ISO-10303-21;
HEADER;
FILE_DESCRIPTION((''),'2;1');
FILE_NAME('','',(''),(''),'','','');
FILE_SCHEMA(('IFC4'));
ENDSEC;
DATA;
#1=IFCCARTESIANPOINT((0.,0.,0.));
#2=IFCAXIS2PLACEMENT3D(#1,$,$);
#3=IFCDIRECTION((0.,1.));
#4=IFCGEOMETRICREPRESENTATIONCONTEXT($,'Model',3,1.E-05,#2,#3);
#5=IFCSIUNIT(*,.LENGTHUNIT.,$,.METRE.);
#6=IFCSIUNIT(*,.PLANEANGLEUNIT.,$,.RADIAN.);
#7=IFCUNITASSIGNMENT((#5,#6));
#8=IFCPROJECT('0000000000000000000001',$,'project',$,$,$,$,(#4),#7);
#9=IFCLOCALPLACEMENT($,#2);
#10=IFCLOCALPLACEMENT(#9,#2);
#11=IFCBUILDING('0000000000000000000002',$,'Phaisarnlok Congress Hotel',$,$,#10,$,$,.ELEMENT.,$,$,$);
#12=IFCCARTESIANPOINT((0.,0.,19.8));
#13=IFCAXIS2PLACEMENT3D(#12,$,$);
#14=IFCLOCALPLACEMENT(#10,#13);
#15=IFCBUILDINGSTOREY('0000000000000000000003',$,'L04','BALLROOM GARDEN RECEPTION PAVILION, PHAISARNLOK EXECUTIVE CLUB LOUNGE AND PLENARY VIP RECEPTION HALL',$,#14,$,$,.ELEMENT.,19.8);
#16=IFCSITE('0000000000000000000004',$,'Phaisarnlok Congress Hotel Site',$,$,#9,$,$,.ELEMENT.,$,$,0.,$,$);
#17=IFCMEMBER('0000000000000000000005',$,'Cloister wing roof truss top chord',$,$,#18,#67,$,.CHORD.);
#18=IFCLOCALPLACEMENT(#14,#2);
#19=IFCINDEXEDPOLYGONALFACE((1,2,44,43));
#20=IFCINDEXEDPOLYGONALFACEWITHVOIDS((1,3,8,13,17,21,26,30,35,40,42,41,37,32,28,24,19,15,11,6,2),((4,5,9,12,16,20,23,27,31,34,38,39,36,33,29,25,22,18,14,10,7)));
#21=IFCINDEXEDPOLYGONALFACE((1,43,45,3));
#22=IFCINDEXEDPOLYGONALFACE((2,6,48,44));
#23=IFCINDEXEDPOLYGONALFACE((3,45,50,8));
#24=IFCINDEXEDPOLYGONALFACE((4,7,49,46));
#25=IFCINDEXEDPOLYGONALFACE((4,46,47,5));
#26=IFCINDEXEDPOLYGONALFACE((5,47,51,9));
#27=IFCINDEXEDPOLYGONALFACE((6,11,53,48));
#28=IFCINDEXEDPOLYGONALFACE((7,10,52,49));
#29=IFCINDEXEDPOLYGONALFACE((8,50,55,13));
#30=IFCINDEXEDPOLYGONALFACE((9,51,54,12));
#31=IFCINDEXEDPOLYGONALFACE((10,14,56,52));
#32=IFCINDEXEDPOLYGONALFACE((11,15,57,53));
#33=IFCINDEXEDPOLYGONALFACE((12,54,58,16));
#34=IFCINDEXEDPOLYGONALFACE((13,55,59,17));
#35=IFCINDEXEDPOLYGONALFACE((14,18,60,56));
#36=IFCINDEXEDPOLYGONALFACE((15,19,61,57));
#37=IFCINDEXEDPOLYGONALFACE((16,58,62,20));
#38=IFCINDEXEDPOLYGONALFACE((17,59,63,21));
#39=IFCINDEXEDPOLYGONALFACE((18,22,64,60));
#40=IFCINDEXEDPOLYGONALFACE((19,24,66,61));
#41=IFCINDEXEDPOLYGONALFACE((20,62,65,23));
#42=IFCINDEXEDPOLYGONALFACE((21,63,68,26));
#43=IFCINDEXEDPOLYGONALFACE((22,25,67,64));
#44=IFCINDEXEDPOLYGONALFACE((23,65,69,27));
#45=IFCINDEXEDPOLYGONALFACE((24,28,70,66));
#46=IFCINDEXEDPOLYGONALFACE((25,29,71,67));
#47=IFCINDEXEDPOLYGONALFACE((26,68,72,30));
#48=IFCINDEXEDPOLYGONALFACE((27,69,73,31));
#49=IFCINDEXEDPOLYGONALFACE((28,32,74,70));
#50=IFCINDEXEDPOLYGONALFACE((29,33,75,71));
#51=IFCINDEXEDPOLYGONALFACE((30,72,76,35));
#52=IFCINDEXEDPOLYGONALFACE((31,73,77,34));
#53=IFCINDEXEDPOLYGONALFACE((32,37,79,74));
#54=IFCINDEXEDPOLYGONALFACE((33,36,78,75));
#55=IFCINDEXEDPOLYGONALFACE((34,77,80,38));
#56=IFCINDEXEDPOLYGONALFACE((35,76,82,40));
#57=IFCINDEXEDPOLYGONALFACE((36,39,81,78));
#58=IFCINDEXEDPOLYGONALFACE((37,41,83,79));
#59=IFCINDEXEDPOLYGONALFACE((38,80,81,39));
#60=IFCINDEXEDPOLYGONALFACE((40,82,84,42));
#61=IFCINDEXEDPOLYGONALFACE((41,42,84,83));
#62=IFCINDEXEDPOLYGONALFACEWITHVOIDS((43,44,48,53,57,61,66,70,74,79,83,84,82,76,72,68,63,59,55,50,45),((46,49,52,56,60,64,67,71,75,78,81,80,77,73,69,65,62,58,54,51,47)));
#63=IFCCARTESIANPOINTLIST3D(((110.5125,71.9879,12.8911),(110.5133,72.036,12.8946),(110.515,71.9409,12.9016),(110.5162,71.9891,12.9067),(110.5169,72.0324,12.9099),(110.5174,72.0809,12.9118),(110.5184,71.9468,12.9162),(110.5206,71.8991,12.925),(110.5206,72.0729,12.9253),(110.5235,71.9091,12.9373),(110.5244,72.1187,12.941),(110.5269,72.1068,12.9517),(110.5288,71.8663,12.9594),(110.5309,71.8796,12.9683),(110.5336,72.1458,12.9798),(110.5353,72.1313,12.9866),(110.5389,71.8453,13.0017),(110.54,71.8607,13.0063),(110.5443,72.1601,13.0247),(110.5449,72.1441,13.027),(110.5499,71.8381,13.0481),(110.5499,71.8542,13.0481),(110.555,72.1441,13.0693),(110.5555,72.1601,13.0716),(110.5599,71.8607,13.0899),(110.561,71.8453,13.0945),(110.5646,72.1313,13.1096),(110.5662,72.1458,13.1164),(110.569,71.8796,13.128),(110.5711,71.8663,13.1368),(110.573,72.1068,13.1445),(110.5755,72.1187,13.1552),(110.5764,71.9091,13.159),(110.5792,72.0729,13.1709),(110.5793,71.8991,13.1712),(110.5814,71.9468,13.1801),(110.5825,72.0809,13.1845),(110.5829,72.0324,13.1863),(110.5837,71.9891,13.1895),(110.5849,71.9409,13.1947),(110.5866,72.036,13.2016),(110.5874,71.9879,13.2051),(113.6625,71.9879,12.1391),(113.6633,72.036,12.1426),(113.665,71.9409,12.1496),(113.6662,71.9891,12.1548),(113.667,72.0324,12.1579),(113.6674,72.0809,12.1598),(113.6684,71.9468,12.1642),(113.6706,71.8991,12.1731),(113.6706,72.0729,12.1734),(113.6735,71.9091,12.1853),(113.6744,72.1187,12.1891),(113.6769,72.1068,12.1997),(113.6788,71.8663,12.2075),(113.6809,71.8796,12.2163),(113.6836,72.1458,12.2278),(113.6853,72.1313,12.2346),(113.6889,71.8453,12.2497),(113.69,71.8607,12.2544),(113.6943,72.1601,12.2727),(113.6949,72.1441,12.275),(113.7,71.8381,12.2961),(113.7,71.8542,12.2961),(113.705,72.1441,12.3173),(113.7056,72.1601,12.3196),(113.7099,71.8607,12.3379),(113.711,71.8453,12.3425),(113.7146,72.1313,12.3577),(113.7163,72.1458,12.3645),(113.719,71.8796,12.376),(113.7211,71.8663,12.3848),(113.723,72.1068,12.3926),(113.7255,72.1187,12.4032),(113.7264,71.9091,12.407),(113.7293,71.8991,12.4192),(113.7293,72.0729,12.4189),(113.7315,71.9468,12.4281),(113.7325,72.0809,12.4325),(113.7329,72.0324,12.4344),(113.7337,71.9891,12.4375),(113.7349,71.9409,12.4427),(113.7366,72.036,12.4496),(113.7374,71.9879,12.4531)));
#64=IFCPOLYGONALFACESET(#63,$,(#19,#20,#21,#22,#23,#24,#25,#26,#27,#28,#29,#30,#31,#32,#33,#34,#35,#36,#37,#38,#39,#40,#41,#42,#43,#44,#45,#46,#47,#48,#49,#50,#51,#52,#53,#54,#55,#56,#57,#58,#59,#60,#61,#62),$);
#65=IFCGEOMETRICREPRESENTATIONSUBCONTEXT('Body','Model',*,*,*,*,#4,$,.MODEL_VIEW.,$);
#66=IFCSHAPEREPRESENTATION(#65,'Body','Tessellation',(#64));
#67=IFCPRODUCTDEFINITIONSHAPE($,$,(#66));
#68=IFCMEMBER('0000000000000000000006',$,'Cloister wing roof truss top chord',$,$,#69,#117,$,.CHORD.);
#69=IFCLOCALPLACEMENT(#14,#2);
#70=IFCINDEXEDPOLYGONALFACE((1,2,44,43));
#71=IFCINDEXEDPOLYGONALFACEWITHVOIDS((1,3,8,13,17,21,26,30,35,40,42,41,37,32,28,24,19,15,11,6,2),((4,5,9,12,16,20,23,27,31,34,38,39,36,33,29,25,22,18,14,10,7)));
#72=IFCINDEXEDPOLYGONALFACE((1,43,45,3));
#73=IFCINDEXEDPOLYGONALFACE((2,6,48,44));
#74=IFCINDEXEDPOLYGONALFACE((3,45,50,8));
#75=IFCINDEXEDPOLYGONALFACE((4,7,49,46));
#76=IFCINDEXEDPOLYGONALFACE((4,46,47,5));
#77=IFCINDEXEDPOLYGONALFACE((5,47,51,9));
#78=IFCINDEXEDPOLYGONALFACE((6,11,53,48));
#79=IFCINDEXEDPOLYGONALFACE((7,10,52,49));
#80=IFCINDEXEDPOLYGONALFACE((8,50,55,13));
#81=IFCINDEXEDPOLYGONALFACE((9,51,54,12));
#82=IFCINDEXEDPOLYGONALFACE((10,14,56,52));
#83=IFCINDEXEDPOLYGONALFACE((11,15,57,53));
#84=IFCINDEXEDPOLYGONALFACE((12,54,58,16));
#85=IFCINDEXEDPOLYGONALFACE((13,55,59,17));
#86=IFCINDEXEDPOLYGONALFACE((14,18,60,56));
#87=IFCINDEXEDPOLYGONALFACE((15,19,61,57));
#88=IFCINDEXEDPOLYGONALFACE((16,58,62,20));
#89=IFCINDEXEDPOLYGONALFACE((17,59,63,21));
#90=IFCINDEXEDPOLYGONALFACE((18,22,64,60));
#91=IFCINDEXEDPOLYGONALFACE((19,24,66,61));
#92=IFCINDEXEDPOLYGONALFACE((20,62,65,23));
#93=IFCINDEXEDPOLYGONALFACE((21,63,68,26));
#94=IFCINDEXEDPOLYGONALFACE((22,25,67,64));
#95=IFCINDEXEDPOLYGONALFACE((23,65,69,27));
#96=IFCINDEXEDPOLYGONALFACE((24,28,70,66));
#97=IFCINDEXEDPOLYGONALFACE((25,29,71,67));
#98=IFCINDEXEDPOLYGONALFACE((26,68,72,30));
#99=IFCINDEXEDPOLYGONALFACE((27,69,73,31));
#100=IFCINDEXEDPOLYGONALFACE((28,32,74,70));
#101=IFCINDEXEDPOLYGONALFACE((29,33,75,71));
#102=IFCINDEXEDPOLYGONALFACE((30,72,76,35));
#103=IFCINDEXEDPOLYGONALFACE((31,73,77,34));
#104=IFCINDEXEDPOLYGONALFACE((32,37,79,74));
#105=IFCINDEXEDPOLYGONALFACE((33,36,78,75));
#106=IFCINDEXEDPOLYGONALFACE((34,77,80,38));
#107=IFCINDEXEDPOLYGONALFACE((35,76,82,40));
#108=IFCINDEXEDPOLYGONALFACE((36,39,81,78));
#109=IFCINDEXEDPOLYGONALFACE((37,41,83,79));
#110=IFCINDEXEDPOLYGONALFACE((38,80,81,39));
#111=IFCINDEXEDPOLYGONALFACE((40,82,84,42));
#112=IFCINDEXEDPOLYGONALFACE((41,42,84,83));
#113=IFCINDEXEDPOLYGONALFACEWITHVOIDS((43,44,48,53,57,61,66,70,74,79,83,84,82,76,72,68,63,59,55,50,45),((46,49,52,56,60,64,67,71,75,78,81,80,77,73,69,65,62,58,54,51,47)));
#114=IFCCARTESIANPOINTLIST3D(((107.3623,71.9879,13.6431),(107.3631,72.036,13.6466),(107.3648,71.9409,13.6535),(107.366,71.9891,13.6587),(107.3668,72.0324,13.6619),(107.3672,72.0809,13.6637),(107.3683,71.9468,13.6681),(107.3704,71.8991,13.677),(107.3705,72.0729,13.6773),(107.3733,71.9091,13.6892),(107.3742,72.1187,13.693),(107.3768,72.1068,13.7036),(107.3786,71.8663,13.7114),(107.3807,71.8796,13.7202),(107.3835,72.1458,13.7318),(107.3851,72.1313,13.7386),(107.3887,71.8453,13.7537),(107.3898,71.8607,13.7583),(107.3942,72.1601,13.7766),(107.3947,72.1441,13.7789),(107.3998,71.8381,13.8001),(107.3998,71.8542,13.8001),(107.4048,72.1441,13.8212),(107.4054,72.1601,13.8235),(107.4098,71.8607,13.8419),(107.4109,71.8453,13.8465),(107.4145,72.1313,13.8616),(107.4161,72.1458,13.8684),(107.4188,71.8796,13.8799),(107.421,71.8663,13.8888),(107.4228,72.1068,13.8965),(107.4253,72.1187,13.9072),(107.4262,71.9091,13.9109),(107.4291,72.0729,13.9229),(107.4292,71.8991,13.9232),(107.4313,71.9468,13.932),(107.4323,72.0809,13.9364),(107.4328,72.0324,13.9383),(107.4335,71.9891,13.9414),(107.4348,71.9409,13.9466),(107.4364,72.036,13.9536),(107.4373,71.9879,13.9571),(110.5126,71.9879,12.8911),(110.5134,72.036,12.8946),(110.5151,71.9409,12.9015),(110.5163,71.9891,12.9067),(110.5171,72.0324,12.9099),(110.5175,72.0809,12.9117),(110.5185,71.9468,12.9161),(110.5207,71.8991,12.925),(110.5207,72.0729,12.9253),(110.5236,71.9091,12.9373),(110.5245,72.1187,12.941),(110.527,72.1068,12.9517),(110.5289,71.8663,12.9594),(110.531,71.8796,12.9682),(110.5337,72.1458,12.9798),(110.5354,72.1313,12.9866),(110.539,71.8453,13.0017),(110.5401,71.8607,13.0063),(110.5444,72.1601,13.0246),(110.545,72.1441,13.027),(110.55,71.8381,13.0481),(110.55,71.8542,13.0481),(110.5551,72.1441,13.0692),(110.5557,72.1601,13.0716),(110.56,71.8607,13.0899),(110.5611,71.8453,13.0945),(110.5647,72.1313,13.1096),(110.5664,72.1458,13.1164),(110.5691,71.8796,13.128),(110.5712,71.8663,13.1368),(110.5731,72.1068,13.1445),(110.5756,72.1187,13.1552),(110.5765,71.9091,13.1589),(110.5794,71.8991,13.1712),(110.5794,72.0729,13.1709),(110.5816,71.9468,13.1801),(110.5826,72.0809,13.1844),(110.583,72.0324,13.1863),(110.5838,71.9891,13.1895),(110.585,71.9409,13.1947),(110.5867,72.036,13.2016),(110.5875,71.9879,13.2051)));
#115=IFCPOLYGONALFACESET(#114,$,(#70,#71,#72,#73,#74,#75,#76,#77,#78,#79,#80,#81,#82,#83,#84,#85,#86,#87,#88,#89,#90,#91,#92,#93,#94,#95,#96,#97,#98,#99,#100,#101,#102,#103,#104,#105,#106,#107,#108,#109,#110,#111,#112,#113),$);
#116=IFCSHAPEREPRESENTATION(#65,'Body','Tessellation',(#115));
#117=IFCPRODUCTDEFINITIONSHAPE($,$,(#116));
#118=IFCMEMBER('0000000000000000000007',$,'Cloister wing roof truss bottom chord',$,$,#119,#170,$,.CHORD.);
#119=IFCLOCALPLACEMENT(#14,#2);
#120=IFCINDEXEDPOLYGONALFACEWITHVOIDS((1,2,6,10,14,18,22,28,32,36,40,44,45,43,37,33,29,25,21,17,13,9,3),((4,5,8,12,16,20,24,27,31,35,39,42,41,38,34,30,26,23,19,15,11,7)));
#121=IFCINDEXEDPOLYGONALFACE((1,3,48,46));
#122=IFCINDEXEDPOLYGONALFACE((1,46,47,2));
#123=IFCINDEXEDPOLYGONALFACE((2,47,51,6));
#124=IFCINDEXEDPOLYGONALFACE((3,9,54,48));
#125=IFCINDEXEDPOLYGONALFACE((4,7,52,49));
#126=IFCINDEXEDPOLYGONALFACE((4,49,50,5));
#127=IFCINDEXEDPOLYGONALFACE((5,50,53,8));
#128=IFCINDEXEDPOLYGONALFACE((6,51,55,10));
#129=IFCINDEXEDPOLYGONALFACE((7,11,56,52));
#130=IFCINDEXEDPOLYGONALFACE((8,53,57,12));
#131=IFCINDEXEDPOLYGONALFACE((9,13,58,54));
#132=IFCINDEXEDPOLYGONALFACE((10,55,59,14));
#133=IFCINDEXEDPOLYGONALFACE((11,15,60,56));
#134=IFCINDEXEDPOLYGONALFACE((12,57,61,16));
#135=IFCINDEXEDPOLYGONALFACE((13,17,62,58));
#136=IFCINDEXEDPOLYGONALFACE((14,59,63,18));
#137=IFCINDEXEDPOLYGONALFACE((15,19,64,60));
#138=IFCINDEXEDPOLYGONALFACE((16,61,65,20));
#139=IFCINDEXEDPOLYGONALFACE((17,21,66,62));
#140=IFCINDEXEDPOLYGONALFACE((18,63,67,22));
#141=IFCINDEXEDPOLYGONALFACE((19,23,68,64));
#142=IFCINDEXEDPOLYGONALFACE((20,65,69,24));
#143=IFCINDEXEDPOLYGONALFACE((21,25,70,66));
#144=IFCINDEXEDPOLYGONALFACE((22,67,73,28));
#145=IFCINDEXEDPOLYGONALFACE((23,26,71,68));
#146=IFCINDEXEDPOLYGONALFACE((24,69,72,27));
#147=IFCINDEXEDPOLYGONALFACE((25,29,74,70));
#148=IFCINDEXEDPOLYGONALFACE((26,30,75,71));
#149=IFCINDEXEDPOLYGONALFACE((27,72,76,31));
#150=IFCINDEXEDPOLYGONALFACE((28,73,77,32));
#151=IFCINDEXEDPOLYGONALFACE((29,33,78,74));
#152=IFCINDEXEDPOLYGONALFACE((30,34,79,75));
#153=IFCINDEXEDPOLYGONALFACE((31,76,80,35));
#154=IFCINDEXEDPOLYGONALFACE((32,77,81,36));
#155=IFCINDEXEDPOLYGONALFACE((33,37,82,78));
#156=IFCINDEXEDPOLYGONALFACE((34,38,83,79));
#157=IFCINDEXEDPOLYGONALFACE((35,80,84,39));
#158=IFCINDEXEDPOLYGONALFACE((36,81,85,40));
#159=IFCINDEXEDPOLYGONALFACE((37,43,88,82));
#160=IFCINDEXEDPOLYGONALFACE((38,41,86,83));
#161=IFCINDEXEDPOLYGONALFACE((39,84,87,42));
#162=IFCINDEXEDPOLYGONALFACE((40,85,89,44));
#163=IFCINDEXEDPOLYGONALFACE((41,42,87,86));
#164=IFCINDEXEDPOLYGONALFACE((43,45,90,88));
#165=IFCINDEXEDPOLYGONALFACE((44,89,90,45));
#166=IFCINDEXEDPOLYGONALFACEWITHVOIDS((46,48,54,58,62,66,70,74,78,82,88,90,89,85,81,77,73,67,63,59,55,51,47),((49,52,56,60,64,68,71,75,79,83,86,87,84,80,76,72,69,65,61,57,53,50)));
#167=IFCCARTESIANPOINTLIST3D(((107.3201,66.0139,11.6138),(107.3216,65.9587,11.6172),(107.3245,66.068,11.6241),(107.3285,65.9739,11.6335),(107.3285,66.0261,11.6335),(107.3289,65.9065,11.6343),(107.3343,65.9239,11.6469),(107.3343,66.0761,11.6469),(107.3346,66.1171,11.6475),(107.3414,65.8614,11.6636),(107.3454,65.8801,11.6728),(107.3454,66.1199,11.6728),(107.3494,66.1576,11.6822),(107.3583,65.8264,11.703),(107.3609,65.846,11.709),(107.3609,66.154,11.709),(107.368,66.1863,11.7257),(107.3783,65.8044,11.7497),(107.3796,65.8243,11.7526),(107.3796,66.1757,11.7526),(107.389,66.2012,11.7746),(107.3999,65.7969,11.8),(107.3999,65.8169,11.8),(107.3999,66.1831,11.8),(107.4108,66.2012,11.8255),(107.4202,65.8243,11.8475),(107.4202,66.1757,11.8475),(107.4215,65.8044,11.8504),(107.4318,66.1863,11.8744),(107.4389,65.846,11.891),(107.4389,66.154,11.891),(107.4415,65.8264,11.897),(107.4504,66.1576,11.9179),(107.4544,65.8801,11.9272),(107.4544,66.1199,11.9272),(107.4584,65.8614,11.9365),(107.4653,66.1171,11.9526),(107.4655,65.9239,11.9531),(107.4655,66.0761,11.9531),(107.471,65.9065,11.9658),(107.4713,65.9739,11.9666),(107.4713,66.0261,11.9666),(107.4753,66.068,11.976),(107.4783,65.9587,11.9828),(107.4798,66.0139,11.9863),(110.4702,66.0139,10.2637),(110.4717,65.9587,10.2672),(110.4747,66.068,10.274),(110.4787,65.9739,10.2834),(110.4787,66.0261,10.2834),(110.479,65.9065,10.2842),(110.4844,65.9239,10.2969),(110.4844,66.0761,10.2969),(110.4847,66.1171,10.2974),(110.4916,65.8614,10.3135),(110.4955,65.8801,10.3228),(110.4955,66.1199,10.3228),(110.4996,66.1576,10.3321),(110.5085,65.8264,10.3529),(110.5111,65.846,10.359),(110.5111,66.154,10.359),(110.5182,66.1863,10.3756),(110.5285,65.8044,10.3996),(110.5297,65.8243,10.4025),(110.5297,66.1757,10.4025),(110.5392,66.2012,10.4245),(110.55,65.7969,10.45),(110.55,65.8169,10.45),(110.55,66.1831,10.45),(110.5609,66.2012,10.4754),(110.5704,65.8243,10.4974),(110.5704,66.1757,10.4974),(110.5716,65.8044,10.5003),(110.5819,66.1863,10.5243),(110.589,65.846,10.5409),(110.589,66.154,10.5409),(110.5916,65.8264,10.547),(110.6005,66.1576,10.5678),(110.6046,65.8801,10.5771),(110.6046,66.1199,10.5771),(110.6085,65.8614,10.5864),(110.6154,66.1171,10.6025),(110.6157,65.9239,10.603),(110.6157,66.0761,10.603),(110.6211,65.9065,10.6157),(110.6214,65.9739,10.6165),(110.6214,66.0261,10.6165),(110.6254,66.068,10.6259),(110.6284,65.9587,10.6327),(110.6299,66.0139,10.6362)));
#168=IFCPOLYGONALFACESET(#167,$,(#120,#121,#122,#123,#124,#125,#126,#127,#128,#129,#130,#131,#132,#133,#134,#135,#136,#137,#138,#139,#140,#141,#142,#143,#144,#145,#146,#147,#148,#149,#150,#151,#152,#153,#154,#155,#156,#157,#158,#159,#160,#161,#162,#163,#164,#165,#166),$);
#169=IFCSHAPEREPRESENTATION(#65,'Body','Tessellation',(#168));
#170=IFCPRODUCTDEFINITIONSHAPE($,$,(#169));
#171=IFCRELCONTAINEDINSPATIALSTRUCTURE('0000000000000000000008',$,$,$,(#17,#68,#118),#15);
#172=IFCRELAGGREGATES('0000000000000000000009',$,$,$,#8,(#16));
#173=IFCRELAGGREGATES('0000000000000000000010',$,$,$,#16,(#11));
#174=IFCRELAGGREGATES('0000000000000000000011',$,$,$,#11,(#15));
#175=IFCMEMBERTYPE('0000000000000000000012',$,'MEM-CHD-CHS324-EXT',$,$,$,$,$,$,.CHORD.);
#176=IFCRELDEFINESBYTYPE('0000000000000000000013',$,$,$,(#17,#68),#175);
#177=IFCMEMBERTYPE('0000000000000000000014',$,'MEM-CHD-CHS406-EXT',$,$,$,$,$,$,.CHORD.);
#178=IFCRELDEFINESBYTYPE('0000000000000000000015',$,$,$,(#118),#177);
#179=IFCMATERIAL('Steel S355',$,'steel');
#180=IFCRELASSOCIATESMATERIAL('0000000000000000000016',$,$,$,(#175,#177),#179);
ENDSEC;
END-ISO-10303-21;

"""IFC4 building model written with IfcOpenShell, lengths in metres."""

from ifc_helpers import new_model, si_unit, direction, frame, origin, origin_2d, place, context, subcontext, project, spatial, hollow_circle, extrude, material, material_profile, profile_set, type_object, element, save


model = new_model("IFC4")

# Units and contexts
model_context = context("Model", 3, precision=1e-05, world=origin(), true_north=direction((0.0, 1.0)))
body_context = subcontext(model_context, "Body", "Model", "MODEL_VIEW")
ifc_project = project(units=[si_unit("LENGTHUNIT", "METRE"), si_unit("PLANEANGLEUNIT", "RADIAN")], contexts=[model_context])

# Site, building, storey
site_placement = place(None, origin())
site = spatial("IfcSite", under=ifc_project, at=site_placement, Name="Phaisarnlok Congress Hotel Site", CompositionType="ELEMENT", RefElevation=0.0)
building_placement = place(site_placement, origin())
building = spatial("IfcBuilding", under=site, at=building_placement, Name="Phaisarnlok Congress Hotel", CompositionType="ELEMENT")
storey_placement = place(building_placement, frame((0.0, 0.0, 19.8)))
storey = spatial("IfcBuildingStorey", under=building, at=storey_placement, Name="L04", Description="BALLROOM GARDEN RECEPTION PAVILION, PHAISARNLOK EXECUTIVE CLUB LOUNGE AND PLENARY VIP RECEPTION HALL", CompositionType="ELEMENT", Elevation=19.8)

# Shared definitions
ifc_material_1 = material(Name="Steel S355", Category="steel")

# Members
ifc_material_profile_1 = material_profile(ifc_material_1, hollow_circle(Radius=0.1619, WallThickness=0.0161, at=origin_2d()), Name="CHS 323.9x16")
ifc_profile_set_1 = profile_set([ifc_material_profile_1], Name="Steel S355")
member_type_1 = type_object("IfcMemberType", Name="MEM-CHD-CHS324-EXT", PredefinedType="CHORD", material=ifc_profile_set_1)
for number, where, z_axis, x_axis, name in (
    (1, (113.7, 72.0, 12.2961), (-0.972669, 0.0, 0.232198), (0.0, -1.0, 0.0), "Cloister wing roof truss top chord"),
):
    element("IfcMember", number, at=place(storey_placement, frame(where, z_axis=z_axis, x_axis=x_axis)), inside=storey, type_object=member_type_1, Name=name, PredefinedType="CHORD", context=body_context, shape_type="SweptSolid", body=[
        extrude(hollow_circle(Radius=0.1619, WallThickness=0.0161, at=origin_2d()), origin(), (0.0, 0.0, 1.0), 3.2385),
    ])
member_1_placement = place(storey_placement, frame((110.55, 72.0, 13.0481), z_axis=(-0.972673, 0.0, 0.232181), x_axis=(0.0, -1.0, 0.0)))
element("IfcMember", 2, at=member_1_placement, inside=storey, type_object=member_type_1, Name="Cloister wing roof truss top chord", PredefinedType="CHORD", context=body_context, shape_type="SweptSolid", body=[
    extrude(hollow_circle(Radius=0.1619, WallThickness=0.0161, at=origin_2d()), origin(), (0.0, 0.0, 1.0), 3.2388),
])
ifc_material_profile_2 = material_profile(ifc_material_1, hollow_circle(Radius=0.2031, WallThickness=0.02, at=origin_2d()), Name="CHS 406.4x20")
ifc_profile_set_2 = profile_set([ifc_material_profile_2], Name="Steel S355")
member_type_2 = type_object("IfcMemberType", Name="MEM-CHD-CHS406-EXT", PredefinedType="CHORD", material=ifc_profile_set_2)
member_2_placement = place(storey_placement, frame((110.55, 66.0, 10.45), z_axis=(-0.919141, 0.0, 0.393928), x_axis=(0.0, -1.0, 0.0)))
element("IfcMember", 3, at=member_2_placement, inside=storey, type_object=member_type_2, Name="Cloister wing roof truss bottom chord", PredefinedType="CHORD", context=body_context, shape_type="SweptSolid", body=[
    extrude(hollow_circle(Radius=0.2031, WallThickness=0.02, at=origin_2d()), origin(), (0.0, 0.0, 1.0), 3.4272),
])

save(model, "model.ifc")
